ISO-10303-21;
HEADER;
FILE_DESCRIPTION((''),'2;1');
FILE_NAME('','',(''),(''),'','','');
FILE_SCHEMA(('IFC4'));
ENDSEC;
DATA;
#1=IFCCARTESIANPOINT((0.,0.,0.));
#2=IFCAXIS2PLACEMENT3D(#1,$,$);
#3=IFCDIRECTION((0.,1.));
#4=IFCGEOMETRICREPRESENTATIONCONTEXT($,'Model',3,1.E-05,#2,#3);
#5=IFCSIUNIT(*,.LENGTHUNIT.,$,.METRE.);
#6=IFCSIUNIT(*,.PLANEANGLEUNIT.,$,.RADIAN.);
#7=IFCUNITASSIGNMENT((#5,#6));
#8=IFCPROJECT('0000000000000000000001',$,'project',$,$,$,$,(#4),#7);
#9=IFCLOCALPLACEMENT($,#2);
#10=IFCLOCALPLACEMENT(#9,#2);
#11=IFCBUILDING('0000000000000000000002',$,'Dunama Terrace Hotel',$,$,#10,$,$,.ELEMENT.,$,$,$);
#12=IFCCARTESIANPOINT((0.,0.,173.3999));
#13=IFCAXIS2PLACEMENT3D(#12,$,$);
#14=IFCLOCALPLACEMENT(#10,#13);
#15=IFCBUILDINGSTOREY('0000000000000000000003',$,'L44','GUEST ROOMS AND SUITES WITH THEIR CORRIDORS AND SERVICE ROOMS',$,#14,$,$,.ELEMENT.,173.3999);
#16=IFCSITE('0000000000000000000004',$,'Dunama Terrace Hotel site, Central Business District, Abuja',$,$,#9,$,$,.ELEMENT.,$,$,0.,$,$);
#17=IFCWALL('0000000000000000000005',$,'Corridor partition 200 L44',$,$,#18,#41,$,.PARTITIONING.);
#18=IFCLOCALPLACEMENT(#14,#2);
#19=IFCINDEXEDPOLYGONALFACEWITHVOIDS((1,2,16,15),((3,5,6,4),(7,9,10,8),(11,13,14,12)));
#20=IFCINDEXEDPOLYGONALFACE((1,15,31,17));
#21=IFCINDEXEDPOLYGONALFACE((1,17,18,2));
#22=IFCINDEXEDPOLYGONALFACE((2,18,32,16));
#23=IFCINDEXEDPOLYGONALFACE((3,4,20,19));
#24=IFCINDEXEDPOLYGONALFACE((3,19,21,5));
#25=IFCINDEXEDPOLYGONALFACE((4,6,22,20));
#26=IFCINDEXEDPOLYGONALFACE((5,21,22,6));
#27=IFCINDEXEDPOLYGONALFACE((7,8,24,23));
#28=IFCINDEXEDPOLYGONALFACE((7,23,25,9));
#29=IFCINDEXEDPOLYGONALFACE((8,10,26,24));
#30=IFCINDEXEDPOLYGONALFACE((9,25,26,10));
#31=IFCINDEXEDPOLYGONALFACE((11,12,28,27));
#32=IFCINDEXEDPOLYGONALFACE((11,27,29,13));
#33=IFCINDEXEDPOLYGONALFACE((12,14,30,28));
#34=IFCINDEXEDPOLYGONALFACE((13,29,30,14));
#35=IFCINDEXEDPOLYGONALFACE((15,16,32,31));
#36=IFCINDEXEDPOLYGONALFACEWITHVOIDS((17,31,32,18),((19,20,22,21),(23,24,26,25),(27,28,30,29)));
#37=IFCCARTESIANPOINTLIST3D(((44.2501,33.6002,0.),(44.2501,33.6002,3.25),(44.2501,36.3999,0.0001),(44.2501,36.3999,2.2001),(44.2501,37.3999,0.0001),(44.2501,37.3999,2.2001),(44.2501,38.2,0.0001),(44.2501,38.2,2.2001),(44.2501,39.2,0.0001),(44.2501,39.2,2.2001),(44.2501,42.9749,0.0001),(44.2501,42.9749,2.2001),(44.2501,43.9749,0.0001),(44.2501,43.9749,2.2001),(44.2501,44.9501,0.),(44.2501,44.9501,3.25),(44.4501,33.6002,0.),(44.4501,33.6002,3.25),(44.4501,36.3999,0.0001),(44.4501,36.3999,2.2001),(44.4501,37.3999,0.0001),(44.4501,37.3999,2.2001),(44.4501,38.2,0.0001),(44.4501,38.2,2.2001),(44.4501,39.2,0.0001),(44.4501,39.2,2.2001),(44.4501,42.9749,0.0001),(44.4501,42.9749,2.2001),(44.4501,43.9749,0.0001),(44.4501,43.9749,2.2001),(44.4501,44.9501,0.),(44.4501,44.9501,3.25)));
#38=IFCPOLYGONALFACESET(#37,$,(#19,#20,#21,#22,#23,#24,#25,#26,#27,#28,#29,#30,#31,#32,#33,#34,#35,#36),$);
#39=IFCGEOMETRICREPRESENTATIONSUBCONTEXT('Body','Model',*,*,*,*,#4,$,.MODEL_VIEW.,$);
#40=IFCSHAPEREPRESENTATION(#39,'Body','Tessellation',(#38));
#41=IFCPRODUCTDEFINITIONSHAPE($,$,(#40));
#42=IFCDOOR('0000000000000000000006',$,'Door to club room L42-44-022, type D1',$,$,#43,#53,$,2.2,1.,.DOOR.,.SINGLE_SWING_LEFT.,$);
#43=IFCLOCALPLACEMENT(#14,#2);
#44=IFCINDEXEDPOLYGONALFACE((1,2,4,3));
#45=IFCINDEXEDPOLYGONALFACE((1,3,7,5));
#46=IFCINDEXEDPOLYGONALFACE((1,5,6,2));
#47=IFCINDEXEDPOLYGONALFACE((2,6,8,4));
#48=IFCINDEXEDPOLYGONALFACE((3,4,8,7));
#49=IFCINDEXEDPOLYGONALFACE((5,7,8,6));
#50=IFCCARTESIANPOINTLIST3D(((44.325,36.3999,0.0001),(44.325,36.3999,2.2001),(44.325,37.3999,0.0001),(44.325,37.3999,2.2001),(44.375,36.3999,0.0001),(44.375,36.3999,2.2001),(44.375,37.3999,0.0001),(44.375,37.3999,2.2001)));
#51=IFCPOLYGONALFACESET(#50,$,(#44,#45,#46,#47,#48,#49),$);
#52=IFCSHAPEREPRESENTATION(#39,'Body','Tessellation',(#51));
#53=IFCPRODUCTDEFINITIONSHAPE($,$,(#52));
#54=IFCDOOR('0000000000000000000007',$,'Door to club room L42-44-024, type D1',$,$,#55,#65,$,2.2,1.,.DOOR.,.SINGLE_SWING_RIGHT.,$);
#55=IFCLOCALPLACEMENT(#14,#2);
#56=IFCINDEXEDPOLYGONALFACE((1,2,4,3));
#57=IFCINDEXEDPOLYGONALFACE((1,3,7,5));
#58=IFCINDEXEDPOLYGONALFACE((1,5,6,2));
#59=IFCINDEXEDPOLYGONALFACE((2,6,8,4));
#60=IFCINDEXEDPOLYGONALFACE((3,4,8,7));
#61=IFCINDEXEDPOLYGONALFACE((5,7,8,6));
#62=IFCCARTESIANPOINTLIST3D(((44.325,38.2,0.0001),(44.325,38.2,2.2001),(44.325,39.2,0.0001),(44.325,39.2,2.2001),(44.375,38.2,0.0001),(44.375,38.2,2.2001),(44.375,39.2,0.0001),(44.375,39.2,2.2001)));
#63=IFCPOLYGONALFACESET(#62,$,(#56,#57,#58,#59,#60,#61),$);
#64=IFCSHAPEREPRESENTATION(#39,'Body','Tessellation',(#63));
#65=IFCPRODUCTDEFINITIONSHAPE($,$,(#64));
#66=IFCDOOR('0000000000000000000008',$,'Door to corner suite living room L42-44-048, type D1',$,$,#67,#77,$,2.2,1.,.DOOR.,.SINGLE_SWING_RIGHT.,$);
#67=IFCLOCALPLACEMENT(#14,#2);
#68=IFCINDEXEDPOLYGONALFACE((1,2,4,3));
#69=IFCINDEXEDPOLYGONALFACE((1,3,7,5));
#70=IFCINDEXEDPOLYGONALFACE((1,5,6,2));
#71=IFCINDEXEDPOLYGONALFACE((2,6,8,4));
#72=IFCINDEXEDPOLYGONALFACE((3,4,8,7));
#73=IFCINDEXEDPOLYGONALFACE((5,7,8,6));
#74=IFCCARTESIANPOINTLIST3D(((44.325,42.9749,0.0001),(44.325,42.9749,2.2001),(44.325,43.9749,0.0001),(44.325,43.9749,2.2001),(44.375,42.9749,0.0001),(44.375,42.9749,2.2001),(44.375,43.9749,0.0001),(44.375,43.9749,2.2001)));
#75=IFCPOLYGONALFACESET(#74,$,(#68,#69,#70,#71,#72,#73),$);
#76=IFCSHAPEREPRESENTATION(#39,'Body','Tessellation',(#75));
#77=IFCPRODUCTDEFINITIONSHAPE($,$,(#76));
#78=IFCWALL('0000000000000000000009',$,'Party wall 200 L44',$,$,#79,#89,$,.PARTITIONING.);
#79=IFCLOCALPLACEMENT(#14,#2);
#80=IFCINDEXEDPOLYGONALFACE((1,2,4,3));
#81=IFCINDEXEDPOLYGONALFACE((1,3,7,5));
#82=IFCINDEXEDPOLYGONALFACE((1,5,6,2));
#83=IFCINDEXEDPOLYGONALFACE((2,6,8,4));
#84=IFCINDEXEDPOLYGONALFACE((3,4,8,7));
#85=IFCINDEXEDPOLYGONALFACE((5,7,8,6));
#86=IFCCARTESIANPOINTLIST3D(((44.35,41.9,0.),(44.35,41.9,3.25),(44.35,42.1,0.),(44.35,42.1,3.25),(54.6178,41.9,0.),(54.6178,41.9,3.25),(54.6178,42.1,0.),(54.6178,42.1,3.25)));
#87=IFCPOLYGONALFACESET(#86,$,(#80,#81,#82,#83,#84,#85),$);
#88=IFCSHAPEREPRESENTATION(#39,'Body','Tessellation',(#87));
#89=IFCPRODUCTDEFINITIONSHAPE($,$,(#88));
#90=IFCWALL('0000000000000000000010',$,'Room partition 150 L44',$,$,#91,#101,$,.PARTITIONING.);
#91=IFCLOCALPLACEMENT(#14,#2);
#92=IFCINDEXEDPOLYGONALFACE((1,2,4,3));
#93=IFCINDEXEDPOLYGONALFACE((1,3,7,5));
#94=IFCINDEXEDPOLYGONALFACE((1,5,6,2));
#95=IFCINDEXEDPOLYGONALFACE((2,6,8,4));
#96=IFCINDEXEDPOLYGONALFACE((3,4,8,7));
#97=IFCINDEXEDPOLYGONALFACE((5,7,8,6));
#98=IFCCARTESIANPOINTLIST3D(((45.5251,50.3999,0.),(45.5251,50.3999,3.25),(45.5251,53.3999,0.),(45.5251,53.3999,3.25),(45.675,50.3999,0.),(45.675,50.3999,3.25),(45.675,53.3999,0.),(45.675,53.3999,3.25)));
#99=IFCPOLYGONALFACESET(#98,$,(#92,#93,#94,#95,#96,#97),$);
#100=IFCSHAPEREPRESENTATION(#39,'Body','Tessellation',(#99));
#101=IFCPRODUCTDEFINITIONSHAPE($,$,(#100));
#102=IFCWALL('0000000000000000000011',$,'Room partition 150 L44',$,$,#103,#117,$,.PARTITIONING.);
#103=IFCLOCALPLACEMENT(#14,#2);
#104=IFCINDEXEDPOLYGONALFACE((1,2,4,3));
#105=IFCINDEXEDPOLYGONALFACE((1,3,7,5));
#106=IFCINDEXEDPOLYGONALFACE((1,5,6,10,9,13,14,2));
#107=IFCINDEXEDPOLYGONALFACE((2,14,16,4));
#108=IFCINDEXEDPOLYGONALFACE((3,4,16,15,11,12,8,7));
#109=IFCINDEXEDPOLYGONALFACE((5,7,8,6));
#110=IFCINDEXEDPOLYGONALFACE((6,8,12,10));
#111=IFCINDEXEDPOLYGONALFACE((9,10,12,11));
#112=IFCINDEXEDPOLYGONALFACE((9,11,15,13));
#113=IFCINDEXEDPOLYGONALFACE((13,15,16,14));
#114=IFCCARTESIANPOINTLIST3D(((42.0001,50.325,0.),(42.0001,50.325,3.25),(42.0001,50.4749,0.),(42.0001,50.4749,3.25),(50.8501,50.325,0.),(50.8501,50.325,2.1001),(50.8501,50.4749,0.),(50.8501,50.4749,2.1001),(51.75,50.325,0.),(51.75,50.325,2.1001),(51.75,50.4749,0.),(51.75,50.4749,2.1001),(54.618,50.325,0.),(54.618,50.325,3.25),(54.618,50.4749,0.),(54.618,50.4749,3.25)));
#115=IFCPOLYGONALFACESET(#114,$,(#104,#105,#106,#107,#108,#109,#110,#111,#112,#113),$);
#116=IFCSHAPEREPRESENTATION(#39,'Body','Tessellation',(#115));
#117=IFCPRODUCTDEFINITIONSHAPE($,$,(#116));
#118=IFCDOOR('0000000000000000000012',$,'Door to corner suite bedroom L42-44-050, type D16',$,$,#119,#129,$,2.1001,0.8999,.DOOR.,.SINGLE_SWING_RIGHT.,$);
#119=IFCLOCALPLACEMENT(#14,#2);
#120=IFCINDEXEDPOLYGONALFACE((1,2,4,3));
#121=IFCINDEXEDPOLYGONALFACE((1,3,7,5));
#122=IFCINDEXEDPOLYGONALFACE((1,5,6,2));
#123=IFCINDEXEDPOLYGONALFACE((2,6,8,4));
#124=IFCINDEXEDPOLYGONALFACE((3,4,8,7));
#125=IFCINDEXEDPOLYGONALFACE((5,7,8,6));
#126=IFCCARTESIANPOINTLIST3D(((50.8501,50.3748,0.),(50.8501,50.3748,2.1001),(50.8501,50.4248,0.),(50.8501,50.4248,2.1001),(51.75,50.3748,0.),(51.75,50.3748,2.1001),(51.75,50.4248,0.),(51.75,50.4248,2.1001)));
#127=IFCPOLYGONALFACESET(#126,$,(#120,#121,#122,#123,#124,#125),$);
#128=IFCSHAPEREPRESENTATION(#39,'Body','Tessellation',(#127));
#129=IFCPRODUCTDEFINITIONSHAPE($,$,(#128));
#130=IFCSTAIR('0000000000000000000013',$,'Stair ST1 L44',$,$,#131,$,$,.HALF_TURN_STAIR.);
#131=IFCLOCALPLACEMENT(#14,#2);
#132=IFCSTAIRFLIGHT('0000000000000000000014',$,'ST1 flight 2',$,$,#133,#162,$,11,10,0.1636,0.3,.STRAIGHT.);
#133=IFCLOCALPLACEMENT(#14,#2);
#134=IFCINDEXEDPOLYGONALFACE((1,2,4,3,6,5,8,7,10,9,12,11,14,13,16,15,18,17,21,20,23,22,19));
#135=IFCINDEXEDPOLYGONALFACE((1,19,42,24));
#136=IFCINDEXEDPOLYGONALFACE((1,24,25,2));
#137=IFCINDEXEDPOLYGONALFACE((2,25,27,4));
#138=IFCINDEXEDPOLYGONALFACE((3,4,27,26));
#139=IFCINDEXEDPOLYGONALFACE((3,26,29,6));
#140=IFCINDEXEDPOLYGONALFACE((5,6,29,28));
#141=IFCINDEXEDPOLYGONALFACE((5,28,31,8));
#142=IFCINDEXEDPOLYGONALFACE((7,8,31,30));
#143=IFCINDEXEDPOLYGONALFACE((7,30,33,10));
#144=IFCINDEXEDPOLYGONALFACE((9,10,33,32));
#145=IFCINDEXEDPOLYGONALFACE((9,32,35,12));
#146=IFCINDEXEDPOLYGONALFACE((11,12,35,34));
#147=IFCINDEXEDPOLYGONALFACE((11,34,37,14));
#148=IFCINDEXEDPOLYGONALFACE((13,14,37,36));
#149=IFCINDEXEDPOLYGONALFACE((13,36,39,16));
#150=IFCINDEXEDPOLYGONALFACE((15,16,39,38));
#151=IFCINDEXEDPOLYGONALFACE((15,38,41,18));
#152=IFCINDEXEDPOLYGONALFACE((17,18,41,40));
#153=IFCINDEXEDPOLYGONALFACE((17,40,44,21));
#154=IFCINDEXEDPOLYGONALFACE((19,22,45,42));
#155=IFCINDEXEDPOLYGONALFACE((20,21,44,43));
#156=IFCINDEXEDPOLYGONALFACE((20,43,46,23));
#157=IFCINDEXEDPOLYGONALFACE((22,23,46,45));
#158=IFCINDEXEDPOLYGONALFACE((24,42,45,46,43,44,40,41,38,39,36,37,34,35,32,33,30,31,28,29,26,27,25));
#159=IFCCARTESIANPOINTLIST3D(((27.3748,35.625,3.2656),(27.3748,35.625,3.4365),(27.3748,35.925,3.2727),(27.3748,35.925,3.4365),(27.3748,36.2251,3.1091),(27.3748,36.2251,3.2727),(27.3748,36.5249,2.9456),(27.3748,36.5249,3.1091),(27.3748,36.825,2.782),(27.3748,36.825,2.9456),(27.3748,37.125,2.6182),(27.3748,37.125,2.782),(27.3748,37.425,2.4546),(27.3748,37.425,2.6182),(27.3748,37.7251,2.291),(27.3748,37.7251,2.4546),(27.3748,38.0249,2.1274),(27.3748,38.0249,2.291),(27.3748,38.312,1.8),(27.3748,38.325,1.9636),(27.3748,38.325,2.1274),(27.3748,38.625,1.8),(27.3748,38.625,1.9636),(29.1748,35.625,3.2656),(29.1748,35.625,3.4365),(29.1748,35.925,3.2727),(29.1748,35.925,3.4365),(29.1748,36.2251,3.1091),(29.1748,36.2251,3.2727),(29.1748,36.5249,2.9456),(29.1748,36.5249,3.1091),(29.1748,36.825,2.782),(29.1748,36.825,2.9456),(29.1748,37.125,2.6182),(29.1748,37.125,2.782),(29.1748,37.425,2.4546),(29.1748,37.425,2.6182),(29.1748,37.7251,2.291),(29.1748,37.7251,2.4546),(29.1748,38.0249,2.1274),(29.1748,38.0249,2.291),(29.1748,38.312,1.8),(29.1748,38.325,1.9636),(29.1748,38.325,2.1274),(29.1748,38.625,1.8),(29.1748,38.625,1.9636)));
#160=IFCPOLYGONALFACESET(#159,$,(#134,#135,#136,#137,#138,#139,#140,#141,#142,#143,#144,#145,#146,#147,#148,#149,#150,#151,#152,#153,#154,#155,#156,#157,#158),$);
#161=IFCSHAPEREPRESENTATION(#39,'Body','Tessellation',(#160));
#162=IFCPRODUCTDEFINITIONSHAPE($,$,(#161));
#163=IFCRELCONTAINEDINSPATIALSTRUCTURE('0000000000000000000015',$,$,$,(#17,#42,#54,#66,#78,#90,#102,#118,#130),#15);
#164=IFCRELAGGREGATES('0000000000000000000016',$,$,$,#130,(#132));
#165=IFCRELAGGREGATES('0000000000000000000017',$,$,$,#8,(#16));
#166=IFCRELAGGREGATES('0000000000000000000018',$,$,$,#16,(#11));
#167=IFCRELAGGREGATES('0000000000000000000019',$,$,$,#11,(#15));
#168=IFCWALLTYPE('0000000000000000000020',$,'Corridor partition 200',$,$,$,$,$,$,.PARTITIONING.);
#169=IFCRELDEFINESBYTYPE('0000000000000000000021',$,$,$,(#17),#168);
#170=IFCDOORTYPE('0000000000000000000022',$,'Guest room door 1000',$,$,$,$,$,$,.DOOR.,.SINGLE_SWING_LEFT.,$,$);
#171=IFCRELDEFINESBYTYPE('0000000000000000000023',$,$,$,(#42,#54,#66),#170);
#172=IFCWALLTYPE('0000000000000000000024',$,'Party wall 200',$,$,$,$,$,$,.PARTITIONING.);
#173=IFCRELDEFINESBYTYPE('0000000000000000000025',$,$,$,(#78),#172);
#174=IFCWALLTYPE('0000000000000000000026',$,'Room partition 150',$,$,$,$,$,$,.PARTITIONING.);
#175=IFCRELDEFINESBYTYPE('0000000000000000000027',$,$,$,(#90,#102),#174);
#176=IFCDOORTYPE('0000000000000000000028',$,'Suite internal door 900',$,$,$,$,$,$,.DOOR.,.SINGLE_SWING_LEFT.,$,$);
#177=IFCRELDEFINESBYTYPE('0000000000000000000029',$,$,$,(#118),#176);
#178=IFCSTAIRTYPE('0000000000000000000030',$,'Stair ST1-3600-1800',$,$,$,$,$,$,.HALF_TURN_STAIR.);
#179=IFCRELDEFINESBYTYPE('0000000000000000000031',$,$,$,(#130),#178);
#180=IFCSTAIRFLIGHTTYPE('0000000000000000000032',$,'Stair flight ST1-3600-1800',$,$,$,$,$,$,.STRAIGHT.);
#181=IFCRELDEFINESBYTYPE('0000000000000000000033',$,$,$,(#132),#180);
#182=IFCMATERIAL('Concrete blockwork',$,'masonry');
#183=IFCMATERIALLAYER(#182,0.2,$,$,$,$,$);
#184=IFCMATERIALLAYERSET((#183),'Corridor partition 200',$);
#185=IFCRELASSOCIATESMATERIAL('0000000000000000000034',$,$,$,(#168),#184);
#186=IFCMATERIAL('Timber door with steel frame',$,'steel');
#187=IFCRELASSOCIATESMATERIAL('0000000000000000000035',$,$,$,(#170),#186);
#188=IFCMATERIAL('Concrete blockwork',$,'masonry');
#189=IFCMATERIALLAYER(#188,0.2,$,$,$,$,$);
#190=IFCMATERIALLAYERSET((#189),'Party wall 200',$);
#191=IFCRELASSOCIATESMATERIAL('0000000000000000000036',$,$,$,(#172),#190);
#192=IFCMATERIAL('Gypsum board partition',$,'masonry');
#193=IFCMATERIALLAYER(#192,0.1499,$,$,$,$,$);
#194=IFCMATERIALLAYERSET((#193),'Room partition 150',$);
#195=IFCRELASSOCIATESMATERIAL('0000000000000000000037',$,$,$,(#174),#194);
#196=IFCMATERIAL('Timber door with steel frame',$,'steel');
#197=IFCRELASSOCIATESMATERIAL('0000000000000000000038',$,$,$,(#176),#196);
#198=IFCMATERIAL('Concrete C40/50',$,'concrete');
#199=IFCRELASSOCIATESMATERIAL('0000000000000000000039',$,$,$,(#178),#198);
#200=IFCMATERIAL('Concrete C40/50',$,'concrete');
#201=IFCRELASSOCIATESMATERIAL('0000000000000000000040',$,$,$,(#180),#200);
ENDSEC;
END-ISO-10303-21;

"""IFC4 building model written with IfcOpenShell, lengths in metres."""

from ifc_helpers import new_model, si_unit, direction, frame, frame_2d, origin, place, context, subcontext, project, spatial, polyline, rectangle, outline, extrude, material, layer, layer_set, type_object, element, fill, aggregate, save


model = new_model("IFC4")

# Units and contexts
model_context = context("Model", 3, precision=1e-05, world=origin(), true_north=direction((0.0, 1.0)))
body_context = subcontext(model_context, "Body", "Model", "MODEL_VIEW")
ifc_project = project(units=[si_unit("LENGTHUNIT", "METRE"), si_unit("PLANEANGLEUNIT", "RADIAN")], contexts=[model_context])

# Site, building, storey
site_placement = place(None, origin())
site = spatial("IfcSite", under=ifc_project, at=site_placement, Name="Dunama Terrace Hotel site, Central Business District, Abuja", CompositionType="ELEMENT", RefElevation=0.0)
building_placement = place(site_placement, origin())
building = spatial("IfcBuilding", under=site, at=building_placement, Name="Dunama Terrace Hotel", CompositionType="ELEMENT")
storey_placement = place(building_placement, frame((0.0, 0.0, 173.3999)))
storey = spatial("IfcBuildingStorey", under=building, at=storey_placement, Name="L44", Description="GUEST ROOMS AND SUITES WITH THEIR CORRIDORS AND SERVICE ROOMS", CompositionType="ELEMENT", Elevation=173.3999)

# Shared definitions
ifc_material_1 = material(Name="Concrete blockwork", Category="masonry")
ifc_layer_1 = layer(ifc_material_1, 0.2)
ifc_layer_set_1 = layer_set([ifc_layer_1], Name="Corridor partition 200")
wall_type_1 = type_object("IfcWallType", Name="Corridor partition 200", PredefinedType="PARTITIONING", material=ifc_layer_set_1)

# Wall, openings, doors
wall_1_placement = place(storey_placement, frame((44.3501, 44.95, 0.0), z_axis=(0.0, 0.0, 1.0), x_axis=(0.0, -1.0, 0.0)))
wall_1 = element("IfcWall", 1, at=wall_1_placement, inside=storey, type_object=wall_type_1, Name="Corridor partition 200 L44", PredefinedType="PARTITIONING", context=body_context, shape_type="SweptSolid", body=[
    extrude(rectangle(XDim=11.3499, YDim=0.2, at=frame_2d((5.6748, 0.0))), origin(), (0.0, 0.0, 1.0), 3.25),
])
opening_1_placement = place(wall_1_placement, frame((7.55, 0.0, 0.0)))
opening_1 = element("IfcOpeningElement", 2, at=opening_1_placement, cuts=wall_1, PredefinedType="OPENING", context=body_context, shape_type="SweptSolid", body=[
    extrude(rectangle(XDim=1.0, YDim=2.2, at=frame_2d((0.5, 1.1001))), frame((0.0, 0.1099, 0.0), z_axis=(0.0, -1.0, 0.0), x_axis=(1.0, 0.0, 0.0)), (0.0, 0.0, 1.0), 0.22),
])
opening_2_placement = place(wall_1_placement, frame((5.75, 0.0, 0.0)))
opening_2 = element("IfcOpeningElement", 3, at=opening_2_placement, cuts=wall_1, PredefinedType="OPENING", context=body_context, shape_type="SweptSolid", body=[
    extrude(rectangle(XDim=1.0, YDim=2.2, at=frame_2d((0.5, 1.1001))), frame((0.0, 0.1099, 0.0), z_axis=(0.0, -1.0, 0.0), x_axis=(1.0, 0.0, 0.0)), (0.0, 0.0, 1.0), 0.22),
])
opening_3_placement = place(wall_1_placement, frame((0.9751, 0.0, 0.0)))
opening_3 = element("IfcOpeningElement", 4, at=opening_3_placement, cuts=wall_1, PredefinedType="OPENING", context=body_context, shape_type="SweptSolid", body=[
    extrude(rectangle(XDim=1.0, YDim=2.2, at=frame_2d((0.5, 1.1001))), frame((0.0, 0.1099, 0.0), z_axis=(0.0, -1.0, 0.0), x_axis=(1.0, 0.0, 0.0)), (0.0, 0.0, 1.0), 0.22),
])
ifc_material_2 = material(Name="Timber door with steel frame", Category="steel")
door_type_1 = type_object("IfcDoorType", Name="Guest room door 1000", OperationType="SINGLE_SWING_LEFT", PredefinedType="DOOR", material=ifc_material_2)
door_1_placement = place(opening_1_placement, origin())
door_1 = element("IfcDoor", 5, at=door_1_placement, inside=storey, type_object=door_type_1, Name="Door to club room L42-44-022, type D1", OperationType="SINGLE_SWING_LEFT", OverallHeight=2.2, OverallWidth=1.0, PredefinedType="DOOR", context=body_context, shape_type="SweptSolid", body=[
    extrude(rectangle(XDim=1.0, YDim=2.2, at=frame_2d((0.5, 1.1001))), frame((0.0, 0.0249, 0.0), z_axis=(0.0, -1.0, 0.0), x_axis=(1.0, 0.0, 0.0)), (0.0, 0.0, 1.0), 0.05),
])
fill(opening_1, door_1)
door_2_placement = place(opening_2_placement, origin())
door_2 = element("IfcDoor", 6, at=door_2_placement, inside=storey, type_object=door_type_1, Name="Door to club room L42-44-024, type D1", OperationType="SINGLE_SWING_RIGHT", OverallHeight=2.2, OverallWidth=1.0, PredefinedType="DOOR", context=body_context, shape_type="SweptSolid", body=[
    extrude(rectangle(XDim=1.0, YDim=2.2, at=frame_2d((0.5, 1.1001))), frame((0.0, 0.0249, 0.0), z_axis=(0.0, -1.0, 0.0), x_axis=(1.0, 0.0, 0.0)), (0.0, 0.0, 1.0), 0.05),
])
fill(opening_2, door_2)
door_3_placement = place(opening_3_placement, origin())
door_3 = element("IfcDoor", 7, at=door_3_placement, inside=storey, type_object=door_type_1, Name="Door to corner suite living room L42-44-048, type D1", OperationType="SINGLE_SWING_RIGHT", OverallHeight=2.2, OverallWidth=1.0, PredefinedType="DOOR", context=body_context, shape_type="SweptSolid", body=[
    extrude(rectangle(XDim=1.0, YDim=2.2, at=frame_2d((0.5, 1.1001))), frame((0.0, 0.0249, 0.0), z_axis=(0.0, -1.0, 0.0), x_axis=(1.0, 0.0, 0.0)), (0.0, 0.0, 1.0), 0.05),
])
fill(opening_3, door_3)

# Walls
ifc_material_3 = material(Name="Concrete blockwork", Category="masonry")
ifc_layer_2 = layer(ifc_material_3, 0.2)
ifc_layer_set_2 = layer_set([ifc_layer_2], Name="Party wall 200")
wall_type_2 = type_object("IfcWallType", Name="Party wall 200", PredefinedType="PARTITIONING", material=ifc_layer_set_2)
wall_2_placement = place(storey_placement, frame((44.3501, 42.0, 0.0), z_axis=(0.0, 0.0, 1.0), x_axis=(1.0, 0.0, 0.0)))
element("IfcWall", 8, at=wall_2_placement, inside=storey, type_object=wall_type_2, Name="Party wall 200 L44", PredefinedType="PARTITIONING", context=body_context, shape_type="SweptSolid", body=[
    extrude(rectangle(XDim=10.2678, YDim=0.2, at=frame_2d((5.1338, 0.0))), origin(), (0.0, 0.0, 1.0), 3.25),
])
ifc_material_4 = material(Name="Gypsum board partition", Category="masonry")
ifc_layer_3 = layer(ifc_material_4, 0.1499)
ifc_layer_set_3 = layer_set([ifc_layer_3], Name="Room partition 150")
wall_type_3 = type_object("IfcWallType", Name="Room partition 150", PredefinedType="PARTITIONING", material=ifc_layer_set_3)
wall_3_placement = place(storey_placement, frame((45.6001, 50.3999, 0.0), z_axis=(0.0, 0.0, 1.0), x_axis=(0.0, 1.0, 0.0)))
element("IfcWall", 9, at=wall_3_placement, inside=storey, type_object=wall_type_3, Name="Room partition 150 L44", PredefinedType="PARTITIONING", context=body_context, shape_type="SweptSolid", body=[
    extrude(rectangle(XDim=3.0, YDim=0.1499, at=frame_2d((1.5, 0.0))), origin(), (0.0, 0.0, 1.0), 3.25),
])

# Wall, opening, door
wall_4_placement = place(storey_placement, frame((42.0, 50.3999, 0.0), z_axis=(0.0, 0.0, 1.0), x_axis=(1.0, 0.0, 0.0)))
wall_4 = element("IfcWall", 10, at=wall_4_placement, inside=storey, type_object=wall_type_3, Name="Room partition 150 L44", PredefinedType="PARTITIONING", context=body_context, shape_type="SweptSolid", body=[
    extrude(rectangle(XDim=12.6179, YDim=0.1499, at=frame_2d((6.3091, 0.0))), origin(), (0.0, 0.0, 1.0), 3.25),
])
opening_4_placement = place(wall_4_placement, frame((8.8501, 0.0, 0.0)))
opening_4 = element("IfcOpeningElement", 11, at=opening_4_placement, cuts=wall_4, PredefinedType="OPENING", context=body_context, shape_type="SweptSolid", body=[
    extrude(rectangle(XDim=0.8999, YDim=2.1001, at=frame_2d((0.45, 1.05))), frame((0.0, 0.085, 0.0), z_axis=(0.0, -1.0, 0.0), x_axis=(1.0, 0.0, 0.0)), (0.0, 0.0, 1.0), 0.1699),
])
ifc_material_5 = material(Name="Timber door with steel frame", Category="steel")
door_type_2 = type_object("IfcDoorType", Name="Suite internal door 900", OperationType="SINGLE_SWING_LEFT", PredefinedType="DOOR", material=ifc_material_5)
door_4_placement = place(opening_4_placement, origin())
door_4 = element("IfcDoor", 12, at=door_4_placement, inside=storey, type_object=door_type_2, Name="Door to corner suite bedroom L42-44-050, type D16", OperationType="SINGLE_SWING_RIGHT", OverallHeight=2.1001, OverallWidth=0.8999, PredefinedType="DOOR", context=body_context, shape_type="SweptSolid", body=[
    extrude(rectangle(XDim=0.8999, YDim=2.1001, at=frame_2d((0.45, 1.05))), frame((0.0, 0.0249, 0.0), z_axis=(0.0, -1.0, 0.0), x_axis=(1.0, 0.0, 0.0)), (0.0, 0.0, 1.0), 0.05),
])
fill(opening_4, door_4)

# Stair, stair flight
ifc_material_6 = material(Name="Concrete C40/50", Category="concrete")
stair_type = type_object("IfcStairType", Name="Stair ST1-3600-1800", PredefinedType="HALF_TURN_STAIR", material=ifc_material_6)
stair_placement = place(storey_placement, origin())
stair = element("IfcStair", 13, at=stair_placement, inside=storey, type_object=stair_type, Name="Stair ST1 L44", PredefinedType="HALF_TURN_STAIR")
ifc_material_7 = material(Name="Concrete C40/50", Category="concrete")
stair_flight_type = type_object("IfcStairFlightType", Name="Stair flight ST1-3600-1800", PredefinedType="STRAIGHT", material=ifc_material_7)
stair_flight_placement = place(storey_placement, frame((28.2749, 38.625, 1.8), z_axis=(0.0, 0.0, 1.0), x_axis=(0.0, -1.0, 0.0)))
stair_flight = element("IfcStairFlight", 14, at=stair_flight_placement, type_object=stair_flight_type, Name="ST1 flight 2", NumberOfRisers=11, NumberOfTreads=10, PredefinedType="STRAIGHT", RiserHeight=0.1636, TreadLength=0.3, context=body_context, shape_type="SweptSolid", body=[
    extrude(outline(polyline([(0.0, 0.0), (0.0, 0.1636), (0.3, 0.1636), (0.3, 0.3274), (0.6001, 0.3274), (0.6001, 0.491), (0.8999, 0.491), (0.8999, 0.6545), (1.2, 0.6545), (1.2, 0.8181), (1.5, 0.8181), (1.5, 0.9819), (1.8, 0.9819), (1.8, 1.1455), (2.1001, 1.1455), (2.1001, 1.3091), (2.3999, 1.3091), (2.3999, 1.4727), (2.7, 1.4727), (2.7, 1.6365), (3.0, 1.6365), (3.0, 1.8), (3.0, 1.4656), (0.313, 0.0), (0.0, 0.0)])), frame((0.0, 0.8999, 0.0), z_axis=(0.0, -1.0, 0.0), x_axis=(1.0, 0.0, 0.0)), (0.0, 0.0, 1.0), 1.8),
])
aggregate(stair, [stair_flight])

save(model, "model.ifc")
